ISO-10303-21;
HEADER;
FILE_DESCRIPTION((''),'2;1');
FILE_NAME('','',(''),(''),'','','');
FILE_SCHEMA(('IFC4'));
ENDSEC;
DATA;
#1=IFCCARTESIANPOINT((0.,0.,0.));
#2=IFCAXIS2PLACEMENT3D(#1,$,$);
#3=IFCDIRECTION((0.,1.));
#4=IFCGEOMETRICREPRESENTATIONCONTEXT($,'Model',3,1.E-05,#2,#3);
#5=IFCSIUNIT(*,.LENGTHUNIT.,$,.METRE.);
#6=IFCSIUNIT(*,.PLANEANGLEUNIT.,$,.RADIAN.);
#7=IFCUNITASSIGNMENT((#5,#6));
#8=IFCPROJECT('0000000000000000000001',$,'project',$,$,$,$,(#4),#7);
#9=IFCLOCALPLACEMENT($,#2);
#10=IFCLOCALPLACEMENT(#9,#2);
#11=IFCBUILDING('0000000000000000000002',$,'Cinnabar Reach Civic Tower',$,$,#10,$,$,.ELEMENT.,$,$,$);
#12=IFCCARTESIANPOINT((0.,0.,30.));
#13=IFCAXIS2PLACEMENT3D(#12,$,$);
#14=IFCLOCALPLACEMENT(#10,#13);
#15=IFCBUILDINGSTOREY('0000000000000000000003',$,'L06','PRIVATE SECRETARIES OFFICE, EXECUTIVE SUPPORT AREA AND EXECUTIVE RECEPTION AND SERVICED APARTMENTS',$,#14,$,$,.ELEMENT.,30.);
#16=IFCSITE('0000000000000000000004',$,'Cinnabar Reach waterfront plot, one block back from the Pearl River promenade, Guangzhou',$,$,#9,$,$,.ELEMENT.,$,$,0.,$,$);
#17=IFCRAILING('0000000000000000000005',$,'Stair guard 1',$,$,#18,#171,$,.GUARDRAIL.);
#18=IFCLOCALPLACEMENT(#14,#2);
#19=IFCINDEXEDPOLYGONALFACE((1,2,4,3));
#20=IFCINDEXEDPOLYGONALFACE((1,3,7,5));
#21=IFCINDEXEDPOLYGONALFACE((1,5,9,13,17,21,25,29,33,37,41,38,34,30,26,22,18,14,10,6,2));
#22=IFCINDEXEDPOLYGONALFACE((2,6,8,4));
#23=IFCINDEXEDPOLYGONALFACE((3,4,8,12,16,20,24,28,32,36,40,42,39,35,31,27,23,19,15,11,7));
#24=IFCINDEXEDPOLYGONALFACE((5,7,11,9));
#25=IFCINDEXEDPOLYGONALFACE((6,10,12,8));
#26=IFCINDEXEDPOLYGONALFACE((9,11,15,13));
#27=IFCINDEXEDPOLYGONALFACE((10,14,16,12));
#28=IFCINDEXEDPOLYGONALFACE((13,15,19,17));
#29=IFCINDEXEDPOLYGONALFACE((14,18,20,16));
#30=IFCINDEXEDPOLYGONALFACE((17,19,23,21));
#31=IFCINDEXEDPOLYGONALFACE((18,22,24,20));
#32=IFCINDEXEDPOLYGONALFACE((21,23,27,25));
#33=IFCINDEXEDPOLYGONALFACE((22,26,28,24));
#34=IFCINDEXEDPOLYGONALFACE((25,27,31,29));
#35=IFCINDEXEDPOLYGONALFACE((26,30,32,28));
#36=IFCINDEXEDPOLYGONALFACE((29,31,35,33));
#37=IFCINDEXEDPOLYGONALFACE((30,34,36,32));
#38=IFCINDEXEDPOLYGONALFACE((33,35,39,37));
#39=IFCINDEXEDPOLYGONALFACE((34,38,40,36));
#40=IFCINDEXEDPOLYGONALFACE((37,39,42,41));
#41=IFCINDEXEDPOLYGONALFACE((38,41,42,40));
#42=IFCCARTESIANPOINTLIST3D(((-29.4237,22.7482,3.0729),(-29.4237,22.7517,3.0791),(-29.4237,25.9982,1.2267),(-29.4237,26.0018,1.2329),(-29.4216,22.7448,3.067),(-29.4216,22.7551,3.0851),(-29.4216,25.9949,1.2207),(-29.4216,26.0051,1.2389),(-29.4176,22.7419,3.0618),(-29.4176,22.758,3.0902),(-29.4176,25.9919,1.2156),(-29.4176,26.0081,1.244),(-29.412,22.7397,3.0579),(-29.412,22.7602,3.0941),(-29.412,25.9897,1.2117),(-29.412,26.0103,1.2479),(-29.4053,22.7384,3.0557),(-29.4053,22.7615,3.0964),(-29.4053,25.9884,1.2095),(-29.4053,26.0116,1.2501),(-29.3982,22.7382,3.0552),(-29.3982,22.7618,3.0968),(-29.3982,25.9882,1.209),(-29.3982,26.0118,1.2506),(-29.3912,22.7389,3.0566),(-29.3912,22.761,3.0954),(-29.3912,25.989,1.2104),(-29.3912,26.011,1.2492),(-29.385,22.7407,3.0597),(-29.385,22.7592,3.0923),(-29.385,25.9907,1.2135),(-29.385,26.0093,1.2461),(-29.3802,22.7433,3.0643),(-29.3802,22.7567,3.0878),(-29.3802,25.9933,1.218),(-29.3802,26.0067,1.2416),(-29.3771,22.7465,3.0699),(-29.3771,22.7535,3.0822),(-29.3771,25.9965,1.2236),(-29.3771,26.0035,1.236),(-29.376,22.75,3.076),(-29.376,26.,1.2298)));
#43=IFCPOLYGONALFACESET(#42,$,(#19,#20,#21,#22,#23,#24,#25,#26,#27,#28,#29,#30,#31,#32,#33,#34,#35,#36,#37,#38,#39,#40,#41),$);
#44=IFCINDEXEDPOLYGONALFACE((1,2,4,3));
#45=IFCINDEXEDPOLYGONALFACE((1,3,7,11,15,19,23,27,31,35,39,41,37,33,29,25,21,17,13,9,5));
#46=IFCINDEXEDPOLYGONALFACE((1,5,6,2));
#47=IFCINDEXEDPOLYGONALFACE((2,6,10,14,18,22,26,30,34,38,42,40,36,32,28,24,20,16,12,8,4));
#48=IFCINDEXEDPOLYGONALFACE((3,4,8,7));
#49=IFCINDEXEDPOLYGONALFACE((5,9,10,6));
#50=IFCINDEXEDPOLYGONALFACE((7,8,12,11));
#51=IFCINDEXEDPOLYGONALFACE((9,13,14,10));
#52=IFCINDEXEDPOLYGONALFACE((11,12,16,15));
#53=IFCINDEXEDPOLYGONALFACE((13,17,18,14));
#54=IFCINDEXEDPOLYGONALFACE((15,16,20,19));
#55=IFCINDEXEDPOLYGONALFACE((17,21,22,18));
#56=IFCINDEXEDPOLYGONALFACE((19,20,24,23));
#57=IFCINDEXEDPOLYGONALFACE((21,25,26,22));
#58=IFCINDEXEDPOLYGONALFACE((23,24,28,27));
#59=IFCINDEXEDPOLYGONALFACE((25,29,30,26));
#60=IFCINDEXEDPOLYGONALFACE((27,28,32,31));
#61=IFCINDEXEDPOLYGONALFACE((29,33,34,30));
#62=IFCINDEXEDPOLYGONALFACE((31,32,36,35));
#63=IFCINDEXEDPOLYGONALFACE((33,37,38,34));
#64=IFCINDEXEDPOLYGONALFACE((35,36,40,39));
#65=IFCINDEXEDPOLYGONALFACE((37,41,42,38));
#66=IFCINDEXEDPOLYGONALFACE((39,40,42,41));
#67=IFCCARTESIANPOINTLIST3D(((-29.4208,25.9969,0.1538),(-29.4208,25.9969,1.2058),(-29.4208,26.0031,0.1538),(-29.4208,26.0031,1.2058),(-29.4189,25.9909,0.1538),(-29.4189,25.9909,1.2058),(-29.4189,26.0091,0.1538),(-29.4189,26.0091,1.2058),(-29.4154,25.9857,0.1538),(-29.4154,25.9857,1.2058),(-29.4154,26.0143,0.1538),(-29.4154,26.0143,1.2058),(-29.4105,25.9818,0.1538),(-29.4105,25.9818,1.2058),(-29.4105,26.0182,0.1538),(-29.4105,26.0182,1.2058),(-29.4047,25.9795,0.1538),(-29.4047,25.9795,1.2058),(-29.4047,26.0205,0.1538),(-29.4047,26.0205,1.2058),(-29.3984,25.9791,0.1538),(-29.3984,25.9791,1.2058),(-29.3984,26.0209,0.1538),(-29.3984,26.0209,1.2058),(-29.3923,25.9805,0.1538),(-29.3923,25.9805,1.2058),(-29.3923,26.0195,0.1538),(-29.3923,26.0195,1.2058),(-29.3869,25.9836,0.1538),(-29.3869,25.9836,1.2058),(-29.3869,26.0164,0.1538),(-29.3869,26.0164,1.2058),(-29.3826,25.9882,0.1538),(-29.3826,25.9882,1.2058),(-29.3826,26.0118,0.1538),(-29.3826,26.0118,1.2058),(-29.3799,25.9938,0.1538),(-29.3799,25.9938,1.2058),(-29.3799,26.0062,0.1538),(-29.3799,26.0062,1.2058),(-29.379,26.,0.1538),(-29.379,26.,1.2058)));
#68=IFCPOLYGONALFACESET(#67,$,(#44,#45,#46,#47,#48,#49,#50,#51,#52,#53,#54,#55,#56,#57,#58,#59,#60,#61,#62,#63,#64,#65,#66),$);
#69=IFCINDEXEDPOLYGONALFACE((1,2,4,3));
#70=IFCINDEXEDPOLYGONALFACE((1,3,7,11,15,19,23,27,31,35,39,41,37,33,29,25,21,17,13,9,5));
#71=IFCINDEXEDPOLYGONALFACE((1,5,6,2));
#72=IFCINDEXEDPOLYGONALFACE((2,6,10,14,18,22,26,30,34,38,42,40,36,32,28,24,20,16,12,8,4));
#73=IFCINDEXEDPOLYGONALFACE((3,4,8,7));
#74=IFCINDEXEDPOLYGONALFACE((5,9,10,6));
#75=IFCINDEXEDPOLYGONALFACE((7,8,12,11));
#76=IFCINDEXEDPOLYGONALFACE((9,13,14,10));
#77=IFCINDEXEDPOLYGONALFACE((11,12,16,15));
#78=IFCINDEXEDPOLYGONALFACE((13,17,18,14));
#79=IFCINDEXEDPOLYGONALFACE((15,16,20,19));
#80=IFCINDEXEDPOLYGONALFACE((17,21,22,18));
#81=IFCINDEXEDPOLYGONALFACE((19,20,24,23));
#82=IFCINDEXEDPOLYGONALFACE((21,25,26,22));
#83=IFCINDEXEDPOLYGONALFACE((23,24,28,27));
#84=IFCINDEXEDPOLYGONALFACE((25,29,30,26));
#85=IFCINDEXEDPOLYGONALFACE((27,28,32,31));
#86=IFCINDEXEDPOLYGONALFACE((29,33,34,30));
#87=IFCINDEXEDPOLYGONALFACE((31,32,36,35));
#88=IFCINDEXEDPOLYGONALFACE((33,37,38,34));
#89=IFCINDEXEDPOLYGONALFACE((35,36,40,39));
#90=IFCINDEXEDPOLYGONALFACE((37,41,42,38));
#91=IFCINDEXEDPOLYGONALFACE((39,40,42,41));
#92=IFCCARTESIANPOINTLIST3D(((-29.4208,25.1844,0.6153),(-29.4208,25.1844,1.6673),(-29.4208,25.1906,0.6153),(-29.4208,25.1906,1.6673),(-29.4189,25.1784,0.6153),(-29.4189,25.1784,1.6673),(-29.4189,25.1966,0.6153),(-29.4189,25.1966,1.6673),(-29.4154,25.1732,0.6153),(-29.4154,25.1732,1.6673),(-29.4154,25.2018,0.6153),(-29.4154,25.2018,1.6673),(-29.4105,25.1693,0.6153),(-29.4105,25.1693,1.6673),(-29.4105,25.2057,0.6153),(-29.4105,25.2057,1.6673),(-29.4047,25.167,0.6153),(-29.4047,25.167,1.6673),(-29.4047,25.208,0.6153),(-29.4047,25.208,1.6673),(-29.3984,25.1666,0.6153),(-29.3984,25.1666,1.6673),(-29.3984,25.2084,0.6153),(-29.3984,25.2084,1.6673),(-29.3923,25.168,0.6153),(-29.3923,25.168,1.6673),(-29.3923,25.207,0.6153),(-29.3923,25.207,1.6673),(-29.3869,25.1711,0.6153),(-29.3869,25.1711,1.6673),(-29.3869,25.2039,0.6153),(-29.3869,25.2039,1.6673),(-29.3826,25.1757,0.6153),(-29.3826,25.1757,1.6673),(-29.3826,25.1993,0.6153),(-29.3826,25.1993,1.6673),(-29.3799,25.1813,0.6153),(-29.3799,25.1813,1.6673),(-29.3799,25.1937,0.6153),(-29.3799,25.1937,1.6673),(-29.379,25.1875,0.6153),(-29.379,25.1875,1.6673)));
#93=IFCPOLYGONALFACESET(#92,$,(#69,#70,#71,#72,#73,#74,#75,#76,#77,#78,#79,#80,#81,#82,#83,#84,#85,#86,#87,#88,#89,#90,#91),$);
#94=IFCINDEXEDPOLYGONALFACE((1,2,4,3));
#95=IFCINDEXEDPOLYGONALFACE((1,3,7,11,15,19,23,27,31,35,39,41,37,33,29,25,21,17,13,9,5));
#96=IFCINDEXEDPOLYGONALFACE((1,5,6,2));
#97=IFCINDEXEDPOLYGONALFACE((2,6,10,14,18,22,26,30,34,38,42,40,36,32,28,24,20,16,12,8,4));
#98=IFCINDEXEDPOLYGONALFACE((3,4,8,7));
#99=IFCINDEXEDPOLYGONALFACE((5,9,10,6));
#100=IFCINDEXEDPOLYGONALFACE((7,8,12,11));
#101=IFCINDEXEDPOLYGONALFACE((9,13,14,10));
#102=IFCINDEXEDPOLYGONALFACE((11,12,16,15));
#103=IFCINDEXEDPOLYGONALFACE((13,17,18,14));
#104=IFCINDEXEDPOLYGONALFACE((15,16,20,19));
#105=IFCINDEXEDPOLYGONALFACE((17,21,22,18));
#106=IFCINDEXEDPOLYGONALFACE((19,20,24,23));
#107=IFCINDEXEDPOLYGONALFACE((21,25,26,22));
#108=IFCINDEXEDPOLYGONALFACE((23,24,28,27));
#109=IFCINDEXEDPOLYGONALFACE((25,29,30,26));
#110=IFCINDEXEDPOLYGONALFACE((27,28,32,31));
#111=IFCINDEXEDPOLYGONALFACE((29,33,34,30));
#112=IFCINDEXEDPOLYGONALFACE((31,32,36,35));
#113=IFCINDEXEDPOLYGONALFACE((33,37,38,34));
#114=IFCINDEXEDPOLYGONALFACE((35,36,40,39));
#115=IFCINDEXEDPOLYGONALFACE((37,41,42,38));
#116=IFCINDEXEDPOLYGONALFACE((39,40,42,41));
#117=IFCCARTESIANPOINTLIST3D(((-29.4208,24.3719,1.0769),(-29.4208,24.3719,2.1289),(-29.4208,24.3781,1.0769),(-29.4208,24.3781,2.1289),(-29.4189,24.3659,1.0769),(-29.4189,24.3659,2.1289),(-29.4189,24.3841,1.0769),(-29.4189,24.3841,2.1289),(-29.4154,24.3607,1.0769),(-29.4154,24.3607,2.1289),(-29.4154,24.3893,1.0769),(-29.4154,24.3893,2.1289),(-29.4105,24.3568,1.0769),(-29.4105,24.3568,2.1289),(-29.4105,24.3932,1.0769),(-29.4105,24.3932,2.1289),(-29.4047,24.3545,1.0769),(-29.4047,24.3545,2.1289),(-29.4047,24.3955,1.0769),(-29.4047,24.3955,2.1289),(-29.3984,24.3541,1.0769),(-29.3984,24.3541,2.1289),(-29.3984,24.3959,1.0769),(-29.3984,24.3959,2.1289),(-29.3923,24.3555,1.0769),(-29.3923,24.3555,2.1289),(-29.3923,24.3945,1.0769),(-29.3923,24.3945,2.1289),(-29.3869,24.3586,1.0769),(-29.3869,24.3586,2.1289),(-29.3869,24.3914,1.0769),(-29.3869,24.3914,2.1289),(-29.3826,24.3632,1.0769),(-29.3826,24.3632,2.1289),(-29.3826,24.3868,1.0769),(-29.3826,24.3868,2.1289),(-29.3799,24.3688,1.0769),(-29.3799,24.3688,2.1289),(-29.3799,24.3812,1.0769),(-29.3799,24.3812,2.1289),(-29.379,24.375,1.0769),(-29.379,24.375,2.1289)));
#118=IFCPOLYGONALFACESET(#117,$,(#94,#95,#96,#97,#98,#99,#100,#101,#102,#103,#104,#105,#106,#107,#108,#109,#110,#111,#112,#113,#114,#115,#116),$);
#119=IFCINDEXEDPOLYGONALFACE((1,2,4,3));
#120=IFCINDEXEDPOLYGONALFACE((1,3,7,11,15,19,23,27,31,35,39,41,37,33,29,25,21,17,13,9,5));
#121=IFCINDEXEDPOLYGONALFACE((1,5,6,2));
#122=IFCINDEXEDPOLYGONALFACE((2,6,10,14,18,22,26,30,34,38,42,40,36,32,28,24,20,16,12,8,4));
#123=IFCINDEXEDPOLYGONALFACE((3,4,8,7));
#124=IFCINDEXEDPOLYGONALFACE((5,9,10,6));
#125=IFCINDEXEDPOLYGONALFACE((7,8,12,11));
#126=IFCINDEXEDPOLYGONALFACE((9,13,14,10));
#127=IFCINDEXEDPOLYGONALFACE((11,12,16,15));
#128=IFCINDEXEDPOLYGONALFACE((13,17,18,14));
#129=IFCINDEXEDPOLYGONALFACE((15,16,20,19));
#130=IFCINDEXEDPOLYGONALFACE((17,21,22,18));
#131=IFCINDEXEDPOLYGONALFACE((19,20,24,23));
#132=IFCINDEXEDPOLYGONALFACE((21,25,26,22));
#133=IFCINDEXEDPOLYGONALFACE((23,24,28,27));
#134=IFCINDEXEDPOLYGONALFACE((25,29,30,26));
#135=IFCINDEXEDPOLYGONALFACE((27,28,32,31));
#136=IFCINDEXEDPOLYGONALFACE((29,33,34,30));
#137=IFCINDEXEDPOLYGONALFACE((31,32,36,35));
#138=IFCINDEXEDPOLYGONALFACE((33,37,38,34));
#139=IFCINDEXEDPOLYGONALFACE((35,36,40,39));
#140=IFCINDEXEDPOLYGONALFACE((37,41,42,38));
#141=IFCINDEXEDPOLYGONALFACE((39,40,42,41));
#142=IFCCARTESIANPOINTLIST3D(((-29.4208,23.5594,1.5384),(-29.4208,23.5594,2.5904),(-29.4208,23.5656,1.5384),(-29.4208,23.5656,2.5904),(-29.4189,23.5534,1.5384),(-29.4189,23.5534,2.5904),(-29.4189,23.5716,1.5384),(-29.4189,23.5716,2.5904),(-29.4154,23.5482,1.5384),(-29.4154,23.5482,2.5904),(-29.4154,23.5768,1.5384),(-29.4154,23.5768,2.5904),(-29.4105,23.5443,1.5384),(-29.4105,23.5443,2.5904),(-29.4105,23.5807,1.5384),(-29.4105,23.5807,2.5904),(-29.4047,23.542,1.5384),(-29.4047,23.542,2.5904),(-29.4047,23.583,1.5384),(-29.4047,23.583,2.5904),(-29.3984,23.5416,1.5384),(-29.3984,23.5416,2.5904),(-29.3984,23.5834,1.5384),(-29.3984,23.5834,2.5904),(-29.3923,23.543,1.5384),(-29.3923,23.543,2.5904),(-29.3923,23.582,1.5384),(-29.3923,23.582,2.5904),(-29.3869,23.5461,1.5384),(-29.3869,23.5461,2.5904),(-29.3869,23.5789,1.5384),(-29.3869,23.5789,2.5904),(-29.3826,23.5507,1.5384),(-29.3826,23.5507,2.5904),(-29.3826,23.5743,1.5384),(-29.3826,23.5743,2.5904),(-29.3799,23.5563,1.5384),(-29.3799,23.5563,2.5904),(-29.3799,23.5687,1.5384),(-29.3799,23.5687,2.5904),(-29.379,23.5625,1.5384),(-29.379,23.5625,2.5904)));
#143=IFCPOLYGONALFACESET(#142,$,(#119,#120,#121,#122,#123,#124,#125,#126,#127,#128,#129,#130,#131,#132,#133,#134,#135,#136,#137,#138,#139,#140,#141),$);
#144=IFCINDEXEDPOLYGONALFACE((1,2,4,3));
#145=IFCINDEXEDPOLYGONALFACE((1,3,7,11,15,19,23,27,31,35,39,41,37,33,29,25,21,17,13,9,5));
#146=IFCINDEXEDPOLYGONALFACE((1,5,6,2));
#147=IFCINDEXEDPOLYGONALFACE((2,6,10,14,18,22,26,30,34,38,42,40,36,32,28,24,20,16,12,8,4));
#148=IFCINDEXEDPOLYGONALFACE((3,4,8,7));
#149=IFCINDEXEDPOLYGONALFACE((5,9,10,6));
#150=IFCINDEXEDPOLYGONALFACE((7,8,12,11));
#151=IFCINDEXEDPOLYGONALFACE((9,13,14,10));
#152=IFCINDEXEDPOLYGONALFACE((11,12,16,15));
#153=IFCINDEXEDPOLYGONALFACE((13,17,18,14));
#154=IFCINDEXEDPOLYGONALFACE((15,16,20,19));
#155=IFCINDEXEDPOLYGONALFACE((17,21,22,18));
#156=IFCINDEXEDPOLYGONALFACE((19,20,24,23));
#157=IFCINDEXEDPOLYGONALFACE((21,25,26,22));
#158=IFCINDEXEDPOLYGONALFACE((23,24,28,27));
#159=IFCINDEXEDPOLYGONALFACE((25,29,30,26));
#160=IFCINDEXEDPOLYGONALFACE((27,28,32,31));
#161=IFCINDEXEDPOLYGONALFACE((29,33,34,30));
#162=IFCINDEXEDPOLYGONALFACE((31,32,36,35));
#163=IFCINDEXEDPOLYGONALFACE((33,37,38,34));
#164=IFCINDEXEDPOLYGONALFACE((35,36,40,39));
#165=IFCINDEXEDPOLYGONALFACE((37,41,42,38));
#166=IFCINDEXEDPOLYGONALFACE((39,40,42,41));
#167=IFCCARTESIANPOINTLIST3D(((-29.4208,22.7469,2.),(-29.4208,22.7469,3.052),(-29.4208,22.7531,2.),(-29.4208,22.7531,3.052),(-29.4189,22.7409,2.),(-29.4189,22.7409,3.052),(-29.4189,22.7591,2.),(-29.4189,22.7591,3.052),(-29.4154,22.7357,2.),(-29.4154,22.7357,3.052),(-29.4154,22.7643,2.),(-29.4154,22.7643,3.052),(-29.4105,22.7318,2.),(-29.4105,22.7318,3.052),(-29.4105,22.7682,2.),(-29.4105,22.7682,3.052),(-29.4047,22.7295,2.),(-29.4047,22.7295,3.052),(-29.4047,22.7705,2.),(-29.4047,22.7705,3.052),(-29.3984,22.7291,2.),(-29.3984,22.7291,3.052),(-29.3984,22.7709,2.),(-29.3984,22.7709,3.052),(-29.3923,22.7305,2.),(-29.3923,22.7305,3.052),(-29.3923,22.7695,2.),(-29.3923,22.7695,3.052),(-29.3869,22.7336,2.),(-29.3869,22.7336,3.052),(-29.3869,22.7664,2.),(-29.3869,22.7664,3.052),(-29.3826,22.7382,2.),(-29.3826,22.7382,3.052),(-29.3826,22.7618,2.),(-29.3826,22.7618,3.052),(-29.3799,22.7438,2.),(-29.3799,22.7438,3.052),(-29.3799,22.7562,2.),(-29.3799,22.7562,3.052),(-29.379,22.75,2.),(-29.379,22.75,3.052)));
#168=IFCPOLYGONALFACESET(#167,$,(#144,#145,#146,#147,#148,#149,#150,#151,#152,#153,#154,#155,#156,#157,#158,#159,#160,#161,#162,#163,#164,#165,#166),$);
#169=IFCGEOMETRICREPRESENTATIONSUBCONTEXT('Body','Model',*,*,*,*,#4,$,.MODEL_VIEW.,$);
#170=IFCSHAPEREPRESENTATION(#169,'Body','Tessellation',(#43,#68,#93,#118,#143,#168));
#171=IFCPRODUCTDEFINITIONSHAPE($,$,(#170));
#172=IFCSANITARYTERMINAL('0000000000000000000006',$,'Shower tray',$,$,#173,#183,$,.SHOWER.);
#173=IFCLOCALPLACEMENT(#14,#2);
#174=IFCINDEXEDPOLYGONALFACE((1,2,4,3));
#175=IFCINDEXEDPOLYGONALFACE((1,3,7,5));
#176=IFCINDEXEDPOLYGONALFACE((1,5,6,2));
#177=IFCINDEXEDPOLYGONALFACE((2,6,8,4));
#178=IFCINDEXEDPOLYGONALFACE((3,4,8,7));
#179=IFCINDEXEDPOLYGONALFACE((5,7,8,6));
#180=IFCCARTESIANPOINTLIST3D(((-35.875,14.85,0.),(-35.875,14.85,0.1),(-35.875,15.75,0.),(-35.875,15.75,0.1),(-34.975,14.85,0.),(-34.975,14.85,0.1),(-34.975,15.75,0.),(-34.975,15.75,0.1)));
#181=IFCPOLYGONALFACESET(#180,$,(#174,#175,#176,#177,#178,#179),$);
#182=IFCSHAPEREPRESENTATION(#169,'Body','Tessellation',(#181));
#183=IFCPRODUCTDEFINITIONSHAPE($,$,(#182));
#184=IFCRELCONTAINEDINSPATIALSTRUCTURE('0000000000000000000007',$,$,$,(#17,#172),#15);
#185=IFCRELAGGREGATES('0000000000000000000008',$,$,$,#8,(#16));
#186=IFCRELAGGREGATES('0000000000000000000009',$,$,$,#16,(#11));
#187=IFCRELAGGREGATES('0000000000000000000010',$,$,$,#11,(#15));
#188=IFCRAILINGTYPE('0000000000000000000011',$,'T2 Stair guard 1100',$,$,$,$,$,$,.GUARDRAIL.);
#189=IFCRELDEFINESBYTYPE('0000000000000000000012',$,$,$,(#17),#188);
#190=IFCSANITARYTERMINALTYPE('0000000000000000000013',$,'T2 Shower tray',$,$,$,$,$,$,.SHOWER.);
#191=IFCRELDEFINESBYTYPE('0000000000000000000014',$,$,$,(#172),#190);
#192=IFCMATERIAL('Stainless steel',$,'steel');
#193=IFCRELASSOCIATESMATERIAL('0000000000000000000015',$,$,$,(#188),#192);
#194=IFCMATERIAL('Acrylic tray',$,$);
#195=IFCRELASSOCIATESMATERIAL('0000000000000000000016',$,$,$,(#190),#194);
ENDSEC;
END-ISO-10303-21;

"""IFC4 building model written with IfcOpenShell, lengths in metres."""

from ifc_helpers import new_model, si_unit, direction, frame, origin, origin_2d, place, context, subcontext, project, spatial, rectangle, circle, extrude, material, type_object, element, save


model = new_model("IFC4")

# Units and contexts
model_context = context("Model", 3, precision=1e-05, world=origin(), true_north=direction((0.0, 1.0)))
body_context = subcontext(model_context, "Body", "Model", "MODEL_VIEW")
ifc_project = project(units=[si_unit("LENGTHUNIT", "METRE"), si_unit("PLANEANGLEUNIT", "RADIAN")], contexts=[model_context])

# Site, building, storey
site_placement = place(None, origin())
site = spatial("IfcSite", under=ifc_project, at=site_placement, Name="Cinnabar Reach waterfront plot, one block back from the Pearl River promenade, Guangzhou", CompositionType="ELEMENT", RefElevation=0.0)
building_placement = place(site_placement, origin())
building = spatial("IfcBuilding", under=site, at=building_placement, Name="Cinnabar Reach Civic Tower", CompositionType="ELEMENT")
storey_placement = place(building_placement, frame((0.0, 0.0, 30.0)))
storey = spatial("IfcBuildingStorey", under=building, at=storey_placement, Name="L06", Description="PRIVATE SECRETARIES OFFICE, EXECUTIVE SUPPORT AREA AND EXECUTIVE RECEPTION AND SERVICED APARTMENTS", CompositionType="ELEMENT", Elevation=30.0)

# Railing
ifc_material_1 = material(Name="Stainless steel", Category="steel")
railing_type = type_object("IfcRailingType", Name="T2 Stair guard 1100", PredefinedType="GUARDRAIL", material=ifc_material_1)
railing_placement = place(storey_placement, frame((-29.4, 26.0, 0.1538)))
element("IfcRailing", 1, at=railing_placement, inside=storey, type_object=railing_type, Name="Stair guard 1", PredefinedType="GUARDRAIL", context=body_context, shape_type="SweptSolid", body=[
    extrude(circle(Radius=0.024, at=origin_2d()), frame((0.0, 0.0, 1.076), z_axis=(0.0, -0.869501, 0.49393), x_axis=(1.0, 0.0, 0.0)), (0.0, 0.0, 1.0), 3.7378),
    extrude(circle(Radius=0.021, at=origin_2d()), origin(), (0.0, 0.0, 1.0), 1.052),
    extrude(circle(Radius=0.021, at=origin_2d()), frame((0.0, -0.8125, 0.4615)), (0.0, 0.0, 1.0), 1.052),
    extrude(circle(Radius=0.021, at=origin_2d()), frame((0.0, -1.625, 0.9231)), (0.0, 0.0, 1.0), 1.052),
    extrude(circle(Radius=0.021, at=origin_2d()), frame((0.0, -2.4375, 1.3846)), (0.0, 0.0, 1.0), 1.052),
    extrude(circle(Radius=0.021, at=origin_2d()), frame((0.0, -3.25, 1.8462)), (0.0, 0.0, 1.0), 1.052),
])

# Sanitary terminal
ifc_material_2 = material(Name="Acrylic tray")
sanitary_terminal_type = type_object("IfcSanitaryTerminalType", Name="T2 Shower tray", PredefinedType="SHOWER", material=ifc_material_2)
sanitary_terminal_placement = place(storey_placement, frame((-35.425, 15.3, 0.0), z_axis=(0.0, 0.0, 1.0), x_axis=(1.0, 0.0, 0.0)))
element("IfcSanitaryTerminal", 2, at=sanitary_terminal_placement, inside=storey, type_object=sanitary_terminal_type, Name="Shower tray", PredefinedType="SHOWER", context=body_context, shape_type="SweptSolid", body=[
    extrude(rectangle(XDim=0.9, YDim=0.9, at=origin_2d()), origin(), (0.0, 0.0, 1.0), 0.1),
])

save(model, "model.ifc")
